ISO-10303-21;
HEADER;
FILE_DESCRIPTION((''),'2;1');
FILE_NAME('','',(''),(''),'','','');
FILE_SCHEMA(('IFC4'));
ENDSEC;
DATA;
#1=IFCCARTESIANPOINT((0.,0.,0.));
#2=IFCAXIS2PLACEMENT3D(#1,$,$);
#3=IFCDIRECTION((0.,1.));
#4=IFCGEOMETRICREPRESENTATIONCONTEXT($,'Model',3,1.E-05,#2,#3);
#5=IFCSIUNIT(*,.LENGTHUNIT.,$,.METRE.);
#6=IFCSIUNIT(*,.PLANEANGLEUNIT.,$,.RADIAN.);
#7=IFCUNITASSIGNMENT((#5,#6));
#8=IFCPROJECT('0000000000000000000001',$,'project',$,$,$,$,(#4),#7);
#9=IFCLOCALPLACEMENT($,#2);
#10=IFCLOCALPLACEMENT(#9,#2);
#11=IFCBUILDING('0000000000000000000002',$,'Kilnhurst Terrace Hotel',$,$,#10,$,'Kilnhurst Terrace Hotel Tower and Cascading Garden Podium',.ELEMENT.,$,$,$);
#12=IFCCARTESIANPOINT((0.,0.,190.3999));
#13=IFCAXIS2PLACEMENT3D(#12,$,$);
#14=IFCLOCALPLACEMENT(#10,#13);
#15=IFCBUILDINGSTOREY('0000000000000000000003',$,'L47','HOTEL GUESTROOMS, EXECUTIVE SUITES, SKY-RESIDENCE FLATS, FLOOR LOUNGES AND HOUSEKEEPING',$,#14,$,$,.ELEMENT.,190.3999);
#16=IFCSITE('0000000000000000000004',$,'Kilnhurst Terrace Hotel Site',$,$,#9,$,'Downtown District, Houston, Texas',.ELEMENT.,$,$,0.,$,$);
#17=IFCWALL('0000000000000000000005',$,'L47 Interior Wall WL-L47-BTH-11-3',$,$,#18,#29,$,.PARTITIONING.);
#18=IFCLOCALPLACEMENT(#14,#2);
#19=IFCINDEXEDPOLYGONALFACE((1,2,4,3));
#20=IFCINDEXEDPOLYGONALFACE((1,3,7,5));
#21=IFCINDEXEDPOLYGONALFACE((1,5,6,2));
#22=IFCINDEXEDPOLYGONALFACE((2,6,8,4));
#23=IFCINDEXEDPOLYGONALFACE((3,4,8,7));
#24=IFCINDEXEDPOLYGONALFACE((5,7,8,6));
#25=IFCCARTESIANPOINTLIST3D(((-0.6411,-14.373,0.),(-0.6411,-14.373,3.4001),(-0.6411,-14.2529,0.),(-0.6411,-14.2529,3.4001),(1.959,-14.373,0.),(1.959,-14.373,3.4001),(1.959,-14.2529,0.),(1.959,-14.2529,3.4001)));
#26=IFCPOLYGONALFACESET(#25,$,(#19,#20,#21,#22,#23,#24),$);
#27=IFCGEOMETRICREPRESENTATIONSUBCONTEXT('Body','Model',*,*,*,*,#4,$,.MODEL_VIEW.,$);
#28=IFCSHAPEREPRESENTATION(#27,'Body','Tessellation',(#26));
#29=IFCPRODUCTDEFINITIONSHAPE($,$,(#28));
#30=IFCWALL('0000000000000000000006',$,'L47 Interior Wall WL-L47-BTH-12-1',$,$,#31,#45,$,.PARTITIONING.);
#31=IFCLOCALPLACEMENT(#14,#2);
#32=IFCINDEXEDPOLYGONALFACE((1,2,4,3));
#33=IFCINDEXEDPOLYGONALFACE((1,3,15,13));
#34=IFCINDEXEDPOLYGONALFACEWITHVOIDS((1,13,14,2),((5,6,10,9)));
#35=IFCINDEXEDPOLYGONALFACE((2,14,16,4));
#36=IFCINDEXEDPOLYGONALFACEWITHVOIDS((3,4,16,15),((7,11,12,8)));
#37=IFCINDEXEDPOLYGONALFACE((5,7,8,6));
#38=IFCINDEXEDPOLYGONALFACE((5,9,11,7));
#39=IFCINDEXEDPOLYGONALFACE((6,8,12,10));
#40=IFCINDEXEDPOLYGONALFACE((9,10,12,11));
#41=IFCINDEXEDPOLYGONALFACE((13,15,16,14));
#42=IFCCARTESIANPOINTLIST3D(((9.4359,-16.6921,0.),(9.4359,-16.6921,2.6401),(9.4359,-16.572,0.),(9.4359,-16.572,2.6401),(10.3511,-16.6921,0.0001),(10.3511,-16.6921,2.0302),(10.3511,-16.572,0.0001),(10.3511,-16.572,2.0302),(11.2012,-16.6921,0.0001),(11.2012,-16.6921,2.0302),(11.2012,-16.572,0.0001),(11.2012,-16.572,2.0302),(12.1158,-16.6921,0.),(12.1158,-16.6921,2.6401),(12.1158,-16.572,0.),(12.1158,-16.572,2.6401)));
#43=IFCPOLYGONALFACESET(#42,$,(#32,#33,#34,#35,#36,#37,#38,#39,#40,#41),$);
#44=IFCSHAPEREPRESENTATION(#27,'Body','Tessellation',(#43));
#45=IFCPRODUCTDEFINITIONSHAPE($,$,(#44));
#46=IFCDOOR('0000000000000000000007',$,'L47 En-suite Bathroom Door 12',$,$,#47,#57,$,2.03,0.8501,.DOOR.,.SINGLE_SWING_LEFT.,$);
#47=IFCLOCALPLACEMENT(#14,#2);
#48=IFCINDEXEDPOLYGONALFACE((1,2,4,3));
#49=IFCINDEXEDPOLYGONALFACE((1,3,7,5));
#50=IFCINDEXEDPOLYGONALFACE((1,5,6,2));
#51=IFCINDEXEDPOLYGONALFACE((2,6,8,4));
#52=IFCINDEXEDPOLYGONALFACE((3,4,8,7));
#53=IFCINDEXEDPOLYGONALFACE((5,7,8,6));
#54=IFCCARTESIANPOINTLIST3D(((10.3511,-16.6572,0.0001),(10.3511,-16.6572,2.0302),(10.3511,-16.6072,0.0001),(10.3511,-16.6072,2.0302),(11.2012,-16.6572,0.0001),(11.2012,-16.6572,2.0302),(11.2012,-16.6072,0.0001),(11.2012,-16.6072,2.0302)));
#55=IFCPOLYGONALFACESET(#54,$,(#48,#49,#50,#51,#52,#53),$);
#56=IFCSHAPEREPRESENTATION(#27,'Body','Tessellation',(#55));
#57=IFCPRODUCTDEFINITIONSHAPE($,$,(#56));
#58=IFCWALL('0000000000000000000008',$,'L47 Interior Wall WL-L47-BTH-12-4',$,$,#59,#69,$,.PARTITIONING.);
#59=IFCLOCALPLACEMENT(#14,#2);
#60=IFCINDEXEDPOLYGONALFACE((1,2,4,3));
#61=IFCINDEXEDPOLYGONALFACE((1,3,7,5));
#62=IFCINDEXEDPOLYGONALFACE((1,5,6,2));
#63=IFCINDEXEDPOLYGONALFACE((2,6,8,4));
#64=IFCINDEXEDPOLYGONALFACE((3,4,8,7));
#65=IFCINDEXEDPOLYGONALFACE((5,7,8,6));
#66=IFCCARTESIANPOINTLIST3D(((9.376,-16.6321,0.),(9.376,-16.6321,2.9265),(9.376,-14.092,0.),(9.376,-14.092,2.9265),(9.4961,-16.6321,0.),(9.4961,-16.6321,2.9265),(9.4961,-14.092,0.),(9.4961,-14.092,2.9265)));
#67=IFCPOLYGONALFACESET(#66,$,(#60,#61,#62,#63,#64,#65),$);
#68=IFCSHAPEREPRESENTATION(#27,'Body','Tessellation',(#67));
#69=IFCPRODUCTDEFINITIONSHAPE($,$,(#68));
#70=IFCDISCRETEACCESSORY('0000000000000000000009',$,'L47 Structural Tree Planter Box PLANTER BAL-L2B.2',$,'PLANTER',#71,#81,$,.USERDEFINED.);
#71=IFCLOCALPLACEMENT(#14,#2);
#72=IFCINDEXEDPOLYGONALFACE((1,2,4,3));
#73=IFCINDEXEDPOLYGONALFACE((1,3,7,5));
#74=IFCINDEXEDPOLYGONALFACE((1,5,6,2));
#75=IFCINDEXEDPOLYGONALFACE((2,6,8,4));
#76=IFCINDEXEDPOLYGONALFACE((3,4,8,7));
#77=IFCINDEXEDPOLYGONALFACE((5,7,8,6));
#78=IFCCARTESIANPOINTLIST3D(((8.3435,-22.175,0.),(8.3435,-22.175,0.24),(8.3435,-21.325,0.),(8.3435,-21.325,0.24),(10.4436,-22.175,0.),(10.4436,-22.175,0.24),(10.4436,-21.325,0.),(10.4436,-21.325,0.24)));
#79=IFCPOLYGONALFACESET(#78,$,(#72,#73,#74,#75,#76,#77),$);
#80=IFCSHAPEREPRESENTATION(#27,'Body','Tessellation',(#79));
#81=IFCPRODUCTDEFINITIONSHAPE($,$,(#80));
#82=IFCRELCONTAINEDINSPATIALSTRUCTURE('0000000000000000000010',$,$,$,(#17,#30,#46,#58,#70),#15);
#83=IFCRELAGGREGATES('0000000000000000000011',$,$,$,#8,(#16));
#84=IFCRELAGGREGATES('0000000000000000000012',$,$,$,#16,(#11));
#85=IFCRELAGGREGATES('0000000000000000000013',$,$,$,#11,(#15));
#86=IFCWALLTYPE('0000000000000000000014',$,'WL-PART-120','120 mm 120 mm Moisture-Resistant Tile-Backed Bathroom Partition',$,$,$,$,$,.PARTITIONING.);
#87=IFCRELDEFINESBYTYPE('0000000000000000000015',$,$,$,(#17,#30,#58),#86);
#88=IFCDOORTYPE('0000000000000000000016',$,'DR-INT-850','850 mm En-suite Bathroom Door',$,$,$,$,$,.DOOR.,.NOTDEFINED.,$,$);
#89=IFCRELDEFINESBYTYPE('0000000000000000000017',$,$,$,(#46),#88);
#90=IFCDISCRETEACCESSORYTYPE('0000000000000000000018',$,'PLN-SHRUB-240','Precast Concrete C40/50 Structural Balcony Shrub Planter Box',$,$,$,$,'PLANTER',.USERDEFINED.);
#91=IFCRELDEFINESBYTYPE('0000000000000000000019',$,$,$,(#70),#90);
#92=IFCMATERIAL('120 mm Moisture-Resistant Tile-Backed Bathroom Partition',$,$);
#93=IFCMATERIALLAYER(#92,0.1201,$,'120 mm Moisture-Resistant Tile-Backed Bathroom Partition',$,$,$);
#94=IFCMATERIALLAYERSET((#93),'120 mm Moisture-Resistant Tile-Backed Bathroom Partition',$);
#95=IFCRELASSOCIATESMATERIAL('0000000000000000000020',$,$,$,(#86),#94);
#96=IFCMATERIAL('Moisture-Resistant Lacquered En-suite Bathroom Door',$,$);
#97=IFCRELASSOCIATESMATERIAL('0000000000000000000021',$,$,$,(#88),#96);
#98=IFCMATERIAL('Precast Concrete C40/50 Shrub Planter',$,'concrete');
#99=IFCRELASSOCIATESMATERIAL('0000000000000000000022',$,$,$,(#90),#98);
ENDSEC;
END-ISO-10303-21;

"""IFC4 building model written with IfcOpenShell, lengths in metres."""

from ifc_helpers import new_model, si_unit, direction, frame, frame_2d, origin, origin_2d, place, context, subcontext, project, spatial, rectangle, extrude, material, layer, layer_set, type_object, element, fill, save


model = new_model("IFC4")

# Units and contexts
model_context = context("Model", 3, precision=1e-05, world=origin(), true_north=direction((0.0, 1.0)))
body_context = subcontext(model_context, "Body", "Model", "MODEL_VIEW")
ifc_project = project(units=[si_unit("LENGTHUNIT", "METRE"), si_unit("PLANEANGLEUNIT", "RADIAN")], contexts=[model_context])

# Site, building, storey
site_placement = place(None, origin())
site = spatial("IfcSite", under=ifc_project, at=site_placement, Name="Kilnhurst Terrace Hotel Site", LongName="Downtown District, Houston, Texas", CompositionType="ELEMENT", RefElevation=0.0)
building_placement = place(site_placement, origin())
building = spatial("IfcBuilding", under=site, at=building_placement, Name="Kilnhurst Terrace Hotel", LongName="Kilnhurst Terrace Hotel Tower and Cascading Garden Podium", CompositionType="ELEMENT")
storey_placement = place(building_placement, frame((0.0, 0.0, 190.3999)))
storey = spatial("IfcBuildingStorey", under=building, at=storey_placement, Name="L47", Description="HOTEL GUESTROOMS, EXECUTIVE SUITES, SKY-RESIDENCE FLATS, FLOOR LOUNGES AND HOUSEKEEPING", CompositionType="ELEMENT", Elevation=190.3999)

# Wall
ifc_material_1 = material(Name="120 mm Moisture-Resistant Tile-Backed Bathroom Partition")
ifc_layer_1 = layer(ifc_material_1, 0.1201, Name="120 mm Moisture-Resistant Tile-Backed Bathroom Partition")
ifc_layer_set_1 = layer_set([ifc_layer_1], Name="120 mm Moisture-Resistant Tile-Backed Bathroom Partition")
wall_type_1 = type_object("IfcWallType", Name="WL-PART-120", Description="120 mm 120 mm Moisture-Resistant Tile-Backed Bathroom Partition", PredefinedType="PARTITIONING", material=ifc_layer_set_1)
wall_1_placement = place(storey_placement, frame((1.959, -14.313, 0.0), z_axis=(0.0, 0.0, 1.0), x_axis=(-1.0, 0.0, 0.0)))
element("IfcWall", 1, at=wall_1_placement, inside=storey, type_object=wall_type_1, Name="L47 Interior Wall WL-L47-BTH-11-3", PredefinedType="PARTITIONING", context=body_context, shape_type="SweptSolid", body=[
    extrude(rectangle(XDim=2.6001, YDim=0.1201, at=frame_2d((1.3, 0.0))), origin(), (0.0, 0.0, 1.0), 3.4001),
])

# Wall, opening, door
wall_2_placement = place(storey_placement, frame((9.436, -16.6321, 0.0), z_axis=(0.0, 0.0, 1.0), x_axis=(1.0, 0.0, 0.0)))
wall_2 = element("IfcWall", 2, at=wall_2_placement, inside=storey, type_object=wall_type_1, Name="L47 Interior Wall WL-L47-BTH-12-1", PredefinedType="PARTITIONING", context=body_context, shape_type="SweptSolid", body=[
    extrude(rectangle(XDim=2.6799, YDim=0.1201, at=frame_2d((1.3398, 0.0))), origin(), (0.0, 0.0, 1.0), 2.6401),
])
opening_placement = place(wall_2_placement, frame((0.915, 0.0, 0.0)))
opening = element("IfcOpeningElement", 3, at=opening_placement, cuts=wall_2, PredefinedType="OPENING", context=body_context, shape_type="SweptSolid", body=[
    extrude(rectangle(XDim=0.8501, YDim=2.03, at=frame_2d((0.425, 1.0151))), frame((0.0, 0.0701, 0.0), z_axis=(0.0, -1.0, 0.0), x_axis=(1.0, 0.0, 0.0)), (0.0, 0.0, 1.0), 0.1401),
])
ifc_material_2 = material(Name="Moisture-Resistant Lacquered En-suite Bathroom Door")
door_type = type_object("IfcDoorType", Name="DR-INT-850", Description="850 mm En-suite Bathroom Door", OperationType="NOTDEFINED", PredefinedType="DOOR", material=ifc_material_2)
door_placement = place(opening_placement, origin())
door = element("IfcDoor", 4, at=door_placement, inside=storey, type_object=door_type, Name="L47 En-suite Bathroom Door 12", OperationType="SINGLE_SWING_LEFT", OverallHeight=2.03, OverallWidth=0.8501, PredefinedType="DOOR", context=body_context, shape_type="SweptSolid", body=[
    extrude(rectangle(XDim=0.8501, YDim=2.03, at=frame_2d((0.425, 1.0151))), frame((0.0, 0.0249, 0.0), z_axis=(0.0, -1.0, 0.0), x_axis=(1.0, 0.0, 0.0)), (0.0, 0.0, 1.0), 0.05),
])
fill(opening, door)

# Wall
wall_3_placement = place(storey_placement, frame((9.436, -14.092, 0.0), z_axis=(0.0, 0.0, 1.0), x_axis=(0.0, -1.0, 0.0)))
element("IfcWall", 5, at=wall_3_placement, inside=storey, type_object=wall_type_1, Name="L47 Interior Wall WL-L47-BTH-12-4", PredefinedType="PARTITIONING", context=body_context, shape_type="SweptSolid", body=[
    extrude(rectangle(XDim=2.54, YDim=0.1201, at=frame_2d((1.27, 0.0))), origin(), (0.0, 0.0, 1.0), 2.9265),
])

# Discrete accessory
ifc_material_3 = material(Name="Precast Concrete C40/50 Shrub Planter", Category="concrete")
discrete_accessory_type = type_object("IfcDiscreteAccessoryType", Name="PLN-SHRUB-240", Description="Precast Concrete C40/50 Structural Balcony Shrub Planter Box", ElementType="PLANTER", PredefinedType="USERDEFINED", material=ifc_material_3)
discrete_accessory_placement = place(storey_placement, frame((9.3936, -21.75, 0.0), z_axis=(0.0, 0.0, 1.0), x_axis=(1.0, 0.0, 0.0)))
element("IfcDiscreteAccessory", 6, at=discrete_accessory_placement, inside=storey, type_object=discrete_accessory_type, Name="L47 Structural Tree Planter Box PLANTER BAL-L2B.2", ObjectType="PLANTER", PredefinedType="USERDEFINED", context=body_context, shape_type="SweptSolid", body=[
    extrude(rectangle(XDim=2.1001, YDim=0.8501, at=origin_2d()), origin(), (0.0, 0.0, 1.0), 0.24),
])

save(model, "model.ifc")
